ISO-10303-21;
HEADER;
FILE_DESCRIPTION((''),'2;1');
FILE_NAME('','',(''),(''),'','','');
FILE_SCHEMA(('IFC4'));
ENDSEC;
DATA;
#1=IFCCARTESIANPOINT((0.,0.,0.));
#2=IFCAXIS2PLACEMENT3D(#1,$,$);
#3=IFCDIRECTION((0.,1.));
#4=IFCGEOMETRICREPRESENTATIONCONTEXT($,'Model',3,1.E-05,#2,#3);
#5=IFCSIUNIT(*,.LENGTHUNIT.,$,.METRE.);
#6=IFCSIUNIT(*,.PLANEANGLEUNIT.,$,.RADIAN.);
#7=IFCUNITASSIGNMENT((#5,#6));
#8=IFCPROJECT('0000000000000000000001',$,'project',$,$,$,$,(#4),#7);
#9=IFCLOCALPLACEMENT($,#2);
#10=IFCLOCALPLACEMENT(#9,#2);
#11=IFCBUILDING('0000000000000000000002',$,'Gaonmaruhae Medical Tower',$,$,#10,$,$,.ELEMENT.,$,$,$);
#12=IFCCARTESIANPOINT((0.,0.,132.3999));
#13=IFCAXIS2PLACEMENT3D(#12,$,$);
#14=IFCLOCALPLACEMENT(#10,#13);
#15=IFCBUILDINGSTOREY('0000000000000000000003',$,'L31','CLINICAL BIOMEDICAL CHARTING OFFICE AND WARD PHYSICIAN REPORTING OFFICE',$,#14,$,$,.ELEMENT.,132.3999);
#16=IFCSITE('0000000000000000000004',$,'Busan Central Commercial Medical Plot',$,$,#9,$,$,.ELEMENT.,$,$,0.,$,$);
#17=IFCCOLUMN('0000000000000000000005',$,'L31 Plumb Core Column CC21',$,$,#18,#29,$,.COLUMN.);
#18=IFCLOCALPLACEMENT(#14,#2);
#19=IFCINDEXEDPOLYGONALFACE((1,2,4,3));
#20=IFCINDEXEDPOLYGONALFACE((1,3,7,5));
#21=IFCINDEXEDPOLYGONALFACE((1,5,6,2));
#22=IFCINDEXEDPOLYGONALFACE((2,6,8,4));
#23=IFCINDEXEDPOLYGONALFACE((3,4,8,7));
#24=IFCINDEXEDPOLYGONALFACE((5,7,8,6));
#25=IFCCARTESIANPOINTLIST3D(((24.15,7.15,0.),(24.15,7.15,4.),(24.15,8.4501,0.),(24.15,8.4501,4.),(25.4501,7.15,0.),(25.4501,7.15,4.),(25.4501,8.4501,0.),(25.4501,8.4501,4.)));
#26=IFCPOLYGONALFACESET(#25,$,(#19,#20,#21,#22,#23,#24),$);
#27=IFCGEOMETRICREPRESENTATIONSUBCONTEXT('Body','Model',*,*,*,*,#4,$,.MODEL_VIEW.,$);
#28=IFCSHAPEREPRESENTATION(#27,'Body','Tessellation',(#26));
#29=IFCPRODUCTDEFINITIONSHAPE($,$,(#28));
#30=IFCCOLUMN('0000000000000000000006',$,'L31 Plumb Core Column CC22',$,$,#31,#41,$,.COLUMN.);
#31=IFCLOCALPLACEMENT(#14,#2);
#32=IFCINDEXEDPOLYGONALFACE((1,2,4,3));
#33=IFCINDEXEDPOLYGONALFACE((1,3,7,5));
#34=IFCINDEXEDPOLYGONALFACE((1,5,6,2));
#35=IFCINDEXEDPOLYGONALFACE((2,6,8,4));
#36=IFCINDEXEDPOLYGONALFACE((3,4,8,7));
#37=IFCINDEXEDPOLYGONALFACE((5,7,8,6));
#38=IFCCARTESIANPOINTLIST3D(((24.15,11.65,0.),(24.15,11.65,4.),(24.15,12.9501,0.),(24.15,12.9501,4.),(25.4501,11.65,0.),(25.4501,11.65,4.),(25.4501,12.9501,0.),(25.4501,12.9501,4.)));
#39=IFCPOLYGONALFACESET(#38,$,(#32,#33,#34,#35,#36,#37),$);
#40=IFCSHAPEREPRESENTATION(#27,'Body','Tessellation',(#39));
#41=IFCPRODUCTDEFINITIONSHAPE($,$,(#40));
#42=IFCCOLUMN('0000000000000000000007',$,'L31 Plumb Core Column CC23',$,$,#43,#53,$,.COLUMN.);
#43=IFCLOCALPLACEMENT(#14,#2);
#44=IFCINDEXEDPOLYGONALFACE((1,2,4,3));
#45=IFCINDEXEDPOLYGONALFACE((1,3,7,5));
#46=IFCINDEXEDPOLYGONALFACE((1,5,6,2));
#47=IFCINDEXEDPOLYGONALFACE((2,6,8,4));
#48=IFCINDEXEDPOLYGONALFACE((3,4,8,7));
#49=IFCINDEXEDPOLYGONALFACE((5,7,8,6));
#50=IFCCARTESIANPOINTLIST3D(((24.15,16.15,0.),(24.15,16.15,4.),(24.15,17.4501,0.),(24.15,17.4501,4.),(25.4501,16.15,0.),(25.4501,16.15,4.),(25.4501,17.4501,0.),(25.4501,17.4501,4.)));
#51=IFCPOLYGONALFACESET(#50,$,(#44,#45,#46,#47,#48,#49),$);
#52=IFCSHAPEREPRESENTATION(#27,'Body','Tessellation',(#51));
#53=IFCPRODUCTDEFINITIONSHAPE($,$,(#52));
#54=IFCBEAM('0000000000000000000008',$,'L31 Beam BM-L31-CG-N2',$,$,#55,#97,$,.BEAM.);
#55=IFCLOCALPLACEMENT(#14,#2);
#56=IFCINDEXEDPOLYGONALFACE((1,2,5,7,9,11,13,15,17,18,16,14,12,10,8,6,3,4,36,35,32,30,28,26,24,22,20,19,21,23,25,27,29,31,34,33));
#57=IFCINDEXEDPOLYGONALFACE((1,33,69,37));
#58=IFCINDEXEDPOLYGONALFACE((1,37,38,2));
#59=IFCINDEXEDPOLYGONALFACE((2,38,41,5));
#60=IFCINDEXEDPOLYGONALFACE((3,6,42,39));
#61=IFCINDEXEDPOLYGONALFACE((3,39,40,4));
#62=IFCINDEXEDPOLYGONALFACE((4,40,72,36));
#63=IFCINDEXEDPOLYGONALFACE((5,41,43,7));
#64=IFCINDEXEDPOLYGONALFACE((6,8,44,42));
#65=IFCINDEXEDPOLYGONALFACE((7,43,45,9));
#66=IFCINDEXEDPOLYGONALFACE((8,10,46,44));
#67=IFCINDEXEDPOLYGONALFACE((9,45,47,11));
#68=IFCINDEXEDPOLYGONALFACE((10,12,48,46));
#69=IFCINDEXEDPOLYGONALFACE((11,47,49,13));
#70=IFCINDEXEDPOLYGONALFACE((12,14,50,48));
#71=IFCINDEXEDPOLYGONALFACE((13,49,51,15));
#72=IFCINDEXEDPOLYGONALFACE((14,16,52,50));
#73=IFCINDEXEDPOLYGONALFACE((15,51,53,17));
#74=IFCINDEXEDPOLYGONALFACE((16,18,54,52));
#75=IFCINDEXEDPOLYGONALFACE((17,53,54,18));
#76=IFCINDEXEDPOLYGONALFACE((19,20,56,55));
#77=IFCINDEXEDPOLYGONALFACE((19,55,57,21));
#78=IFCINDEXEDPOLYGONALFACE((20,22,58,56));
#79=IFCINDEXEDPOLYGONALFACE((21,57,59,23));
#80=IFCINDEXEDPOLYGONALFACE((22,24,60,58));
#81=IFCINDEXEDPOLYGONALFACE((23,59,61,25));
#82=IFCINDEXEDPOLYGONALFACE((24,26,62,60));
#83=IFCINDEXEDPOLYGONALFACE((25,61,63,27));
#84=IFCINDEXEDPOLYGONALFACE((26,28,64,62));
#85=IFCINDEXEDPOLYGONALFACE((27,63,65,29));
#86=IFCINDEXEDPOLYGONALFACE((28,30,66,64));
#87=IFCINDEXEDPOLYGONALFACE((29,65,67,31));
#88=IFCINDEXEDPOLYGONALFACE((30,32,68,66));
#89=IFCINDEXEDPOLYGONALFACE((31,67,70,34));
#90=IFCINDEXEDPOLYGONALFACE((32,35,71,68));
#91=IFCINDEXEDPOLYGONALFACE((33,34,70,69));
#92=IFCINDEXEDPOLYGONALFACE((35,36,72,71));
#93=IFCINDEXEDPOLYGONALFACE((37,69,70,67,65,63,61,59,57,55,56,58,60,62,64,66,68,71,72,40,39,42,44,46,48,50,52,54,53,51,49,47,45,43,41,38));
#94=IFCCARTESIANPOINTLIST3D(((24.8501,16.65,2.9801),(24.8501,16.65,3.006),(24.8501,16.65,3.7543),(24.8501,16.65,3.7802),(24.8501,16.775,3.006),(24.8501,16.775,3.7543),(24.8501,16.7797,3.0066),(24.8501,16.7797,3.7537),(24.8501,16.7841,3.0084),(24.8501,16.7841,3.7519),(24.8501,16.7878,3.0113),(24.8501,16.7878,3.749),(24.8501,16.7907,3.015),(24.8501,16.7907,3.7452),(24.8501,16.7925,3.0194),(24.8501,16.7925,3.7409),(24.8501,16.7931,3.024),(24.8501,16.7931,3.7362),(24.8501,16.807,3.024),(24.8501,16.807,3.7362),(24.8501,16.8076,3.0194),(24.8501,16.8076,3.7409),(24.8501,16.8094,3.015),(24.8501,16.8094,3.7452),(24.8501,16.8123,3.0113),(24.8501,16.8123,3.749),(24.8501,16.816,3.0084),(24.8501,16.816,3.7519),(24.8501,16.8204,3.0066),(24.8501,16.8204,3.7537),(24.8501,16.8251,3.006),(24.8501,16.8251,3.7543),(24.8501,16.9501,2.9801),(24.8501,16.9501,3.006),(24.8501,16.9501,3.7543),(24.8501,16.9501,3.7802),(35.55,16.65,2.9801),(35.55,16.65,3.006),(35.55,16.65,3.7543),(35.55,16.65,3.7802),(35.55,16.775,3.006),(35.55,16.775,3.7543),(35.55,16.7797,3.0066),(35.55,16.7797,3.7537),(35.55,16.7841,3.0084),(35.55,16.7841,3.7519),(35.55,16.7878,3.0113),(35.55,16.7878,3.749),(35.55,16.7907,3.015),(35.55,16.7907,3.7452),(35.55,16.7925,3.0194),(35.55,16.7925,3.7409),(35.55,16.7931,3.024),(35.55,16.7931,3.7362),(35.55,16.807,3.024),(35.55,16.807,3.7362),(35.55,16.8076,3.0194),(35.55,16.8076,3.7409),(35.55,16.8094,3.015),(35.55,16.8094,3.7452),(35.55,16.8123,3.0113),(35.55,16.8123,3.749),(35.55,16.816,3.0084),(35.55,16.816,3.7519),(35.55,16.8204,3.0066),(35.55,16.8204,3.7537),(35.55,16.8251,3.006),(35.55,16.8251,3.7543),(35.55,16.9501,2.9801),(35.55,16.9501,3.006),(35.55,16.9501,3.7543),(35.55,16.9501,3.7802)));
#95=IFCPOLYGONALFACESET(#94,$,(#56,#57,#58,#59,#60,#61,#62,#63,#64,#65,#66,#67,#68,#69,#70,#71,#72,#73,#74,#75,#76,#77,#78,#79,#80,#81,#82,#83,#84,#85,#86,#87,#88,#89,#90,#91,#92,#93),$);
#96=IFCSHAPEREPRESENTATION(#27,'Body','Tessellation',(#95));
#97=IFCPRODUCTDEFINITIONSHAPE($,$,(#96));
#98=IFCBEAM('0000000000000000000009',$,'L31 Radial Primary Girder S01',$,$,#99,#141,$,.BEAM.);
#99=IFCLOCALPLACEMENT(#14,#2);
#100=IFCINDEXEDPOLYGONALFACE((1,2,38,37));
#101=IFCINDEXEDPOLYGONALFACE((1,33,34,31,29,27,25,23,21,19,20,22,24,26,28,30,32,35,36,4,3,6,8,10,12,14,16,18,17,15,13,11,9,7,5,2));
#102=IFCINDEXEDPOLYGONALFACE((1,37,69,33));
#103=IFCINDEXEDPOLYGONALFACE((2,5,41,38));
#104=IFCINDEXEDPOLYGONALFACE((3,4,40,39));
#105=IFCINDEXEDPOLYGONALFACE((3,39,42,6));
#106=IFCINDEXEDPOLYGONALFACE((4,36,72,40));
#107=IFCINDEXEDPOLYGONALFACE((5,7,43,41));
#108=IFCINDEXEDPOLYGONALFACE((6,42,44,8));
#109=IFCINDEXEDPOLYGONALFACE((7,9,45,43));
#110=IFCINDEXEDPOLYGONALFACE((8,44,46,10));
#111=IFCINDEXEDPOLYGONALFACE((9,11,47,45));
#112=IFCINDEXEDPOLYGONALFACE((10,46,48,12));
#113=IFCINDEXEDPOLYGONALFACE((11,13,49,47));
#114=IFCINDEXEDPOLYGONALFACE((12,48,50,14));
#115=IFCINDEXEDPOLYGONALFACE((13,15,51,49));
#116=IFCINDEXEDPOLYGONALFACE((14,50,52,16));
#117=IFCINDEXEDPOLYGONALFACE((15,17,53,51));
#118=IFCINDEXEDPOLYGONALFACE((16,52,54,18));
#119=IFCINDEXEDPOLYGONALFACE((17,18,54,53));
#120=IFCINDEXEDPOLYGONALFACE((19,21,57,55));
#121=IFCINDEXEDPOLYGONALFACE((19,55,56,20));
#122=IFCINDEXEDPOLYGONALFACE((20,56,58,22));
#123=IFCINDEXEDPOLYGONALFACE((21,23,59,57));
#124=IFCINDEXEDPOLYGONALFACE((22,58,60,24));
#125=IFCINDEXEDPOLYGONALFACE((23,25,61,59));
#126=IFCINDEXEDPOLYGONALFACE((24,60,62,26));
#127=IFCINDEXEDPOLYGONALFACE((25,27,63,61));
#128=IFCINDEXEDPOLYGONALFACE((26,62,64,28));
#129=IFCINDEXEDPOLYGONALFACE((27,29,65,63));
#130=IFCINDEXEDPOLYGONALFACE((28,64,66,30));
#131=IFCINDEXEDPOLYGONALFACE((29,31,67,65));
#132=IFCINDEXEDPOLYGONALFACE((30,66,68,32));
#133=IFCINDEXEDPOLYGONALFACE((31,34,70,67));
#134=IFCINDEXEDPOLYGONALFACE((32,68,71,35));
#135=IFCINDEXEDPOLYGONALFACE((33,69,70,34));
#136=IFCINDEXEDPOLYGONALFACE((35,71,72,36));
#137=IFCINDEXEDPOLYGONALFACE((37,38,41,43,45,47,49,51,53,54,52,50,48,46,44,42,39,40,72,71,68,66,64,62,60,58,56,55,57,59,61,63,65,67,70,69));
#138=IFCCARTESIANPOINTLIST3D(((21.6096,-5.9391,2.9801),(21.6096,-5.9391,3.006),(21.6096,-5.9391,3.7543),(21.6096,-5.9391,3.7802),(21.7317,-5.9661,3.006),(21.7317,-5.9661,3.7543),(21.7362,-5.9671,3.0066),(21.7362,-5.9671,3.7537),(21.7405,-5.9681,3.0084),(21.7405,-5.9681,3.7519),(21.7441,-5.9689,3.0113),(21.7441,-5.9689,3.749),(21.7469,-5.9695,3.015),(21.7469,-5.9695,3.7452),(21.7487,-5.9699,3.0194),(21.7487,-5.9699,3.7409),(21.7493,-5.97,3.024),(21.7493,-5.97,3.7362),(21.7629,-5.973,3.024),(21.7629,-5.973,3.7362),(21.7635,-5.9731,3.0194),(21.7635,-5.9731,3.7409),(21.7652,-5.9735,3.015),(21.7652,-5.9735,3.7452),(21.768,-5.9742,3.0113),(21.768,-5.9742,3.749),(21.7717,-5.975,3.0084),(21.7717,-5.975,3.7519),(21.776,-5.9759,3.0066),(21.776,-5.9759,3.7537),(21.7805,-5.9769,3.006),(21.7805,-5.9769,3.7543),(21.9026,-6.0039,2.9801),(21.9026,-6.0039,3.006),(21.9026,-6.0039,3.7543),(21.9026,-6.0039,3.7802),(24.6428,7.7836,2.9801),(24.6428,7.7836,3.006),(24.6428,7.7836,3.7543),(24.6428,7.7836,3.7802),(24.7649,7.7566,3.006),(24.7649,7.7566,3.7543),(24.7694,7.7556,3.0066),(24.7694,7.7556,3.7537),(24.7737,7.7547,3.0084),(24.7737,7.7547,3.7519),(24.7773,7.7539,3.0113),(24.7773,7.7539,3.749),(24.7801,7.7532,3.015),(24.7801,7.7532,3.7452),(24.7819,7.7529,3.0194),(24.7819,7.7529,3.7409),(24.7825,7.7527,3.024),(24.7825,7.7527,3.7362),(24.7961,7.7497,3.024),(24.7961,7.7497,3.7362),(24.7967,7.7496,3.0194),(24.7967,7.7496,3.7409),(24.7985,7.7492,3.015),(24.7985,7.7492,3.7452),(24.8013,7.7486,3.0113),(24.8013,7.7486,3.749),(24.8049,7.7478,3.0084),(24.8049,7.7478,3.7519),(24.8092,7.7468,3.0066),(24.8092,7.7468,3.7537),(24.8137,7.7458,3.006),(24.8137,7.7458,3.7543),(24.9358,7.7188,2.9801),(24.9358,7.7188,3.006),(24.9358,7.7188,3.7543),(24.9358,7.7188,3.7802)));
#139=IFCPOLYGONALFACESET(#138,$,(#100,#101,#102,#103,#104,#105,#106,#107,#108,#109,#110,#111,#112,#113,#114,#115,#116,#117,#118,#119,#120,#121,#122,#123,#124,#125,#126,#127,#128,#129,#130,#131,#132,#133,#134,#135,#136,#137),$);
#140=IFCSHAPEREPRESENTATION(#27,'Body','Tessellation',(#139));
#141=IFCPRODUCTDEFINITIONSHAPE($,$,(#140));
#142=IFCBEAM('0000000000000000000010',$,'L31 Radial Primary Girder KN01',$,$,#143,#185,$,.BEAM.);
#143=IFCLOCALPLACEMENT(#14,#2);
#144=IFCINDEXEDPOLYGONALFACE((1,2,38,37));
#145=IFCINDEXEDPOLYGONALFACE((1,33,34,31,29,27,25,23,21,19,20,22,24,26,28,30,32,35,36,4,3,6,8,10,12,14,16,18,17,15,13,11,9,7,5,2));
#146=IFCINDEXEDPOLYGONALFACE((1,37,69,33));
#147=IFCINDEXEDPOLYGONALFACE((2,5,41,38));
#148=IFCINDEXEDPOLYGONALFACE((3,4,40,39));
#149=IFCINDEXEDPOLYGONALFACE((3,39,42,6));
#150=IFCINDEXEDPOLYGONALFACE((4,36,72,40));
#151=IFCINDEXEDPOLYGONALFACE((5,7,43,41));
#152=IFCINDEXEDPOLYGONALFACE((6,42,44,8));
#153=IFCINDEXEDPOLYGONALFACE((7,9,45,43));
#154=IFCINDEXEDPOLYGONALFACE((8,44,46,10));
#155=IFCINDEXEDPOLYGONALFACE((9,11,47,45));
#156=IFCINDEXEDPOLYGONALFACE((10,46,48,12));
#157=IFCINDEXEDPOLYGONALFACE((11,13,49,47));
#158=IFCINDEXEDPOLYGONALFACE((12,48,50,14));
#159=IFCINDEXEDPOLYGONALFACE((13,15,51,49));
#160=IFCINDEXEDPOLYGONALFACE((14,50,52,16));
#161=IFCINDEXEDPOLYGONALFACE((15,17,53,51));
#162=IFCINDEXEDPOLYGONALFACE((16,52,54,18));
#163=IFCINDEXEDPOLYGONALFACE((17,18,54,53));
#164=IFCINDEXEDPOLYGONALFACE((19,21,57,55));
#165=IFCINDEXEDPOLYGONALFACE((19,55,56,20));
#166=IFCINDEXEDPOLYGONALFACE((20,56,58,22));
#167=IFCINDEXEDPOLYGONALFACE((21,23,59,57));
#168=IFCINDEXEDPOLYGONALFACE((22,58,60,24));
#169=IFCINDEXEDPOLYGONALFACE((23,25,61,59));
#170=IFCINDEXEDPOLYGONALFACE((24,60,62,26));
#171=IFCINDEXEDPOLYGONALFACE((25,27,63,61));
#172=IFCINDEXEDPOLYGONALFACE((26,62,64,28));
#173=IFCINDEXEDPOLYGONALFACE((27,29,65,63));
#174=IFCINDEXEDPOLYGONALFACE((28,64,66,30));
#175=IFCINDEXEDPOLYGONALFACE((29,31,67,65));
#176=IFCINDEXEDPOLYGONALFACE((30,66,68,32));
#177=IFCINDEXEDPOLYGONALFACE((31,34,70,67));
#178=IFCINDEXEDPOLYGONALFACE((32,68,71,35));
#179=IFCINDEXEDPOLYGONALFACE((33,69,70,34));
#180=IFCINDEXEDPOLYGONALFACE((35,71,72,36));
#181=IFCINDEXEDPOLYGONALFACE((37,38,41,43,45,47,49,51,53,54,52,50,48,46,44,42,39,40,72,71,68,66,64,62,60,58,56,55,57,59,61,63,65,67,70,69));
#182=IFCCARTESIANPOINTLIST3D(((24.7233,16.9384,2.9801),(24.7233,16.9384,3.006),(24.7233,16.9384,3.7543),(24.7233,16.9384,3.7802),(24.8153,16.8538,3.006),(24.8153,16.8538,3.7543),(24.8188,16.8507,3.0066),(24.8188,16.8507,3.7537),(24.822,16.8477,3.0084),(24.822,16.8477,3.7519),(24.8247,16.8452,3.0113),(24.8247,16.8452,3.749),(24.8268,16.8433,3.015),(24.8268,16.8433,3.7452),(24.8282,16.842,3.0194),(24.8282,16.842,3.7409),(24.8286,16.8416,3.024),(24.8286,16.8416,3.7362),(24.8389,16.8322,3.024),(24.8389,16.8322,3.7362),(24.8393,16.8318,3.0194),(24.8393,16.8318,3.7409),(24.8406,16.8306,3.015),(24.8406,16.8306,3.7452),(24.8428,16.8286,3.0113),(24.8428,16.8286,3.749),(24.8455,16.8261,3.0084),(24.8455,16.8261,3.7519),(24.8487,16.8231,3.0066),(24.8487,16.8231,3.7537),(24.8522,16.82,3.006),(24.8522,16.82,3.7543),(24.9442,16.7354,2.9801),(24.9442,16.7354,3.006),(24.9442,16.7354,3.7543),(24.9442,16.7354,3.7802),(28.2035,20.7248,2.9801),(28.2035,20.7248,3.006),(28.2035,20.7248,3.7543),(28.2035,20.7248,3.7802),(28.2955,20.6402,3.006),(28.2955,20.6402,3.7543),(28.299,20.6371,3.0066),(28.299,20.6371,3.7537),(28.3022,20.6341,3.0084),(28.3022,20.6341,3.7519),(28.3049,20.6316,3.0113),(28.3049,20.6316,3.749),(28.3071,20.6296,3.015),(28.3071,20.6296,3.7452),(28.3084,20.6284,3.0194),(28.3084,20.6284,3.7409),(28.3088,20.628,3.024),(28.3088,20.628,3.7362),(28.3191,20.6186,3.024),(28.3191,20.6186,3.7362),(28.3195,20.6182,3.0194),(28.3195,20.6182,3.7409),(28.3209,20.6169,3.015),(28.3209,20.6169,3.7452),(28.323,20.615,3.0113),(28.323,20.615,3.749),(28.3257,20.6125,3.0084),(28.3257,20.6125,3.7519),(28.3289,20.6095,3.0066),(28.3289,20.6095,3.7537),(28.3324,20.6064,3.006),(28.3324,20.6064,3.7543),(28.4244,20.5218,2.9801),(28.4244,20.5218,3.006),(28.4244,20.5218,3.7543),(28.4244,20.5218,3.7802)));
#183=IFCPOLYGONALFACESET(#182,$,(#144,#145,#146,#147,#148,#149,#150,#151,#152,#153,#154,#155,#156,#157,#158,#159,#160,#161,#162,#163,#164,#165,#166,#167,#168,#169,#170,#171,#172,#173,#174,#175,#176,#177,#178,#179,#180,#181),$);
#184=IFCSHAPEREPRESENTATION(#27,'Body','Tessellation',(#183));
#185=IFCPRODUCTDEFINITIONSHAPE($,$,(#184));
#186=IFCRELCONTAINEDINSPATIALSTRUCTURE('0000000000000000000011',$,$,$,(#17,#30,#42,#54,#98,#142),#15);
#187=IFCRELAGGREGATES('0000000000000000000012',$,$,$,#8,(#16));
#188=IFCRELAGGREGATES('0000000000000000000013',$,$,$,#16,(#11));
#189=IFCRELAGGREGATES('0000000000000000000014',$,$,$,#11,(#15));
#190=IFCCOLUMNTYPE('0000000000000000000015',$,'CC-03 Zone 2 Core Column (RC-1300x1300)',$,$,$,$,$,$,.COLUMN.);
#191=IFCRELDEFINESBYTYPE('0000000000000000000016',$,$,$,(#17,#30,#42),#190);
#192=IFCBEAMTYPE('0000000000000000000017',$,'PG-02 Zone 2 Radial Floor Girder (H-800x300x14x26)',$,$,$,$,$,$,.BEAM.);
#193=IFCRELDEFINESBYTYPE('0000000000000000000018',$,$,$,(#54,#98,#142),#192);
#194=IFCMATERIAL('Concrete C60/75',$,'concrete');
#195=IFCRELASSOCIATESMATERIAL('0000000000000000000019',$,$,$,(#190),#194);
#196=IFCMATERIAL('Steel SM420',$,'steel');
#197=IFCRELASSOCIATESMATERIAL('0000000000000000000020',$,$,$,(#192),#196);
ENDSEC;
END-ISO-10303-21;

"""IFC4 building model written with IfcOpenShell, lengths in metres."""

from ifc_helpers import new_model, si_unit, direction, frame, origin, origin_2d, place, context, subcontext, project, spatial, rectangle, i_section, extrude, material, material_profile, profile_set, type_object, element, save


model = new_model("IFC4")

# Units and contexts
model_context = context("Model", 3, precision=1e-05, world=origin(), true_north=direction((0.0, 1.0)))
body_context = subcontext(model_context, "Body", "Model", "MODEL_VIEW")
ifc_project = project(units=[si_unit("LENGTHUNIT", "METRE"), si_unit("PLANEANGLEUNIT", "RADIAN")], contexts=[model_context])

# Site, building, storey
site_placement = place(None, origin())
site = spatial("IfcSite", under=ifc_project, at=site_placement, Name="Busan Central Commercial Medical Plot", CompositionType="ELEMENT", RefElevation=0.0)
building_placement = place(site_placement, origin())
building = spatial("IfcBuilding", under=site, at=building_placement, Name="Gaonmaruhae Medical Tower", CompositionType="ELEMENT")
storey_placement = place(building_placement, frame((0.0, 0.0, 132.3999)))
storey = spatial("IfcBuildingStorey", under=building, at=storey_placement, Name="L31", Description="CLINICAL BIOMEDICAL CHARTING OFFICE AND WARD PHYSICIAN REPORTING OFFICE", CompositionType="ELEMENT", Elevation=132.3999)

# Columns
ifc_material_1 = material(Name="Concrete C60/75", Category="concrete")
ifc_material_profile_1 = material_profile(ifc_material_1, rectangle(XDim=1.3, YDim=1.3, at=origin_2d()), Name="RC-1300x1300")
ifc_profile_set_1 = profile_set([ifc_material_profile_1], Name="Concrete C60/75")
column_type = type_object("IfcColumnType", Name="CC-03 Zone 2 Core Column (RC-1300x1300)", PredefinedType="COLUMN", material=ifc_profile_set_1)
for number, where, z_axis, x_axis, name in (
    (1, (24.8, 7.8, 0.0), (0.0, 0.0, 1.0), (1.0, 0.0, 0.0), "L31 Plumb Core Column CC21"),
    (2, (24.8, 12.3, 0.0), (0.0, 0.0, 1.0), (1.0, 0.0, 0.0), "L31 Plumb Core Column CC22"),
    (3, (24.8, 16.8, 0.0), (0.0, 0.0, 1.0), (1.0, 0.0, 0.0), "L31 Plumb Core Column CC23"),
):
    element("IfcColumn", number, at=place(storey_placement, frame(where, z_axis=z_axis, x_axis=x_axis)), inside=storey, type_object=column_type, Name=name, PredefinedType="COLUMN", context=body_context, shape_type="SweptSolid", body=[
        extrude(rectangle(XDim=1.3, YDim=1.3, at=origin_2d()), origin(), (0.0, 0.0, 1.0), 4.0),
    ])

# Beams
ifc_material_2 = material(Name="Steel SM420", Category="steel")
ifc_material_profile_2 = material_profile(ifc_material_2, i_section(OverallWidth=0.3, OverallDepth=0.8, WebThickness=0.0139, FlangeThickness=0.0259, FilletRadius=0.0181, at=origin_2d()), Name="H-800x300x14x26")
ifc_profile_set_2 = profile_set([ifc_material_profile_2], Name="Steel SM420")
beam_type = type_object("IfcBeamType", Name="PG-02 Zone 2 Radial Floor Girder (H-800x300x14x26)", PredefinedType="BEAM", material=ifc_profile_set_2)
beam_1_placement = place(storey_placement, frame((24.8501, 16.8, 3.3801), z_axis=(1.0, 0.0, 0.0), x_axis=(0.0, 1.0, 0.0)))
element("IfcBeam", 4, at=beam_1_placement, inside=storey, type_object=beam_type, Name="L31 Beam BM-L31-CG-N2", PredefinedType="BEAM", context=body_context, shape_type="SweptSolid", body=[
    extrude(i_section(OverallWidth=0.3, OverallDepth=0.8, WebThickness=0.0139, FlangeThickness=0.0259, FilletRadius=0.0181, at=origin_2d()), origin(), (0.0, 0.0, 1.0), 10.7),
])
beam_2_placement = place(storey_placement, frame((24.7893, 7.7512, 3.3801), z_axis=(-0.215827, -0.976432, 0.0), x_axis=(0.976432, -0.215827, 0.0)))
element("IfcBeam", 5, at=beam_2_placement, inside=storey, type_object=beam_type, Name="L31 Radial Primary Girder S01", PredefinedType="BEAM", context=body_context, shape_type="SweptSolid", body=[
    extrude(i_section(OverallWidth=0.3, OverallDepth=0.8, WebThickness=0.0139, FlangeThickness=0.0259, FilletRadius=0.0181, at=origin_2d()), origin(), (0.0, 0.0, 1.0), 14.054),
])
beam_3_placement = place(storey_placement, frame((24.8337, 16.8369, 3.3801), z_axis=(0.676715, 0.736245, 0.0), x_axis=(-0.736245, 0.676715, 0.0)))
element("IfcBeam", 6, at=beam_3_placement, inside=storey, type_object=beam_type, Name="L31 Radial Primary Girder KN01", PredefinedType="BEAM", context=body_context, shape_type="SweptSolid", body=[
    extrude(i_section(OverallWidth=0.3, OverallDepth=0.8, WebThickness=0.0139, FlangeThickness=0.0259, FilletRadius=0.0181, at=origin_2d()), origin(), (0.0, 0.0, 1.0), 5.1428),
])

save(model, "model.ifc")
